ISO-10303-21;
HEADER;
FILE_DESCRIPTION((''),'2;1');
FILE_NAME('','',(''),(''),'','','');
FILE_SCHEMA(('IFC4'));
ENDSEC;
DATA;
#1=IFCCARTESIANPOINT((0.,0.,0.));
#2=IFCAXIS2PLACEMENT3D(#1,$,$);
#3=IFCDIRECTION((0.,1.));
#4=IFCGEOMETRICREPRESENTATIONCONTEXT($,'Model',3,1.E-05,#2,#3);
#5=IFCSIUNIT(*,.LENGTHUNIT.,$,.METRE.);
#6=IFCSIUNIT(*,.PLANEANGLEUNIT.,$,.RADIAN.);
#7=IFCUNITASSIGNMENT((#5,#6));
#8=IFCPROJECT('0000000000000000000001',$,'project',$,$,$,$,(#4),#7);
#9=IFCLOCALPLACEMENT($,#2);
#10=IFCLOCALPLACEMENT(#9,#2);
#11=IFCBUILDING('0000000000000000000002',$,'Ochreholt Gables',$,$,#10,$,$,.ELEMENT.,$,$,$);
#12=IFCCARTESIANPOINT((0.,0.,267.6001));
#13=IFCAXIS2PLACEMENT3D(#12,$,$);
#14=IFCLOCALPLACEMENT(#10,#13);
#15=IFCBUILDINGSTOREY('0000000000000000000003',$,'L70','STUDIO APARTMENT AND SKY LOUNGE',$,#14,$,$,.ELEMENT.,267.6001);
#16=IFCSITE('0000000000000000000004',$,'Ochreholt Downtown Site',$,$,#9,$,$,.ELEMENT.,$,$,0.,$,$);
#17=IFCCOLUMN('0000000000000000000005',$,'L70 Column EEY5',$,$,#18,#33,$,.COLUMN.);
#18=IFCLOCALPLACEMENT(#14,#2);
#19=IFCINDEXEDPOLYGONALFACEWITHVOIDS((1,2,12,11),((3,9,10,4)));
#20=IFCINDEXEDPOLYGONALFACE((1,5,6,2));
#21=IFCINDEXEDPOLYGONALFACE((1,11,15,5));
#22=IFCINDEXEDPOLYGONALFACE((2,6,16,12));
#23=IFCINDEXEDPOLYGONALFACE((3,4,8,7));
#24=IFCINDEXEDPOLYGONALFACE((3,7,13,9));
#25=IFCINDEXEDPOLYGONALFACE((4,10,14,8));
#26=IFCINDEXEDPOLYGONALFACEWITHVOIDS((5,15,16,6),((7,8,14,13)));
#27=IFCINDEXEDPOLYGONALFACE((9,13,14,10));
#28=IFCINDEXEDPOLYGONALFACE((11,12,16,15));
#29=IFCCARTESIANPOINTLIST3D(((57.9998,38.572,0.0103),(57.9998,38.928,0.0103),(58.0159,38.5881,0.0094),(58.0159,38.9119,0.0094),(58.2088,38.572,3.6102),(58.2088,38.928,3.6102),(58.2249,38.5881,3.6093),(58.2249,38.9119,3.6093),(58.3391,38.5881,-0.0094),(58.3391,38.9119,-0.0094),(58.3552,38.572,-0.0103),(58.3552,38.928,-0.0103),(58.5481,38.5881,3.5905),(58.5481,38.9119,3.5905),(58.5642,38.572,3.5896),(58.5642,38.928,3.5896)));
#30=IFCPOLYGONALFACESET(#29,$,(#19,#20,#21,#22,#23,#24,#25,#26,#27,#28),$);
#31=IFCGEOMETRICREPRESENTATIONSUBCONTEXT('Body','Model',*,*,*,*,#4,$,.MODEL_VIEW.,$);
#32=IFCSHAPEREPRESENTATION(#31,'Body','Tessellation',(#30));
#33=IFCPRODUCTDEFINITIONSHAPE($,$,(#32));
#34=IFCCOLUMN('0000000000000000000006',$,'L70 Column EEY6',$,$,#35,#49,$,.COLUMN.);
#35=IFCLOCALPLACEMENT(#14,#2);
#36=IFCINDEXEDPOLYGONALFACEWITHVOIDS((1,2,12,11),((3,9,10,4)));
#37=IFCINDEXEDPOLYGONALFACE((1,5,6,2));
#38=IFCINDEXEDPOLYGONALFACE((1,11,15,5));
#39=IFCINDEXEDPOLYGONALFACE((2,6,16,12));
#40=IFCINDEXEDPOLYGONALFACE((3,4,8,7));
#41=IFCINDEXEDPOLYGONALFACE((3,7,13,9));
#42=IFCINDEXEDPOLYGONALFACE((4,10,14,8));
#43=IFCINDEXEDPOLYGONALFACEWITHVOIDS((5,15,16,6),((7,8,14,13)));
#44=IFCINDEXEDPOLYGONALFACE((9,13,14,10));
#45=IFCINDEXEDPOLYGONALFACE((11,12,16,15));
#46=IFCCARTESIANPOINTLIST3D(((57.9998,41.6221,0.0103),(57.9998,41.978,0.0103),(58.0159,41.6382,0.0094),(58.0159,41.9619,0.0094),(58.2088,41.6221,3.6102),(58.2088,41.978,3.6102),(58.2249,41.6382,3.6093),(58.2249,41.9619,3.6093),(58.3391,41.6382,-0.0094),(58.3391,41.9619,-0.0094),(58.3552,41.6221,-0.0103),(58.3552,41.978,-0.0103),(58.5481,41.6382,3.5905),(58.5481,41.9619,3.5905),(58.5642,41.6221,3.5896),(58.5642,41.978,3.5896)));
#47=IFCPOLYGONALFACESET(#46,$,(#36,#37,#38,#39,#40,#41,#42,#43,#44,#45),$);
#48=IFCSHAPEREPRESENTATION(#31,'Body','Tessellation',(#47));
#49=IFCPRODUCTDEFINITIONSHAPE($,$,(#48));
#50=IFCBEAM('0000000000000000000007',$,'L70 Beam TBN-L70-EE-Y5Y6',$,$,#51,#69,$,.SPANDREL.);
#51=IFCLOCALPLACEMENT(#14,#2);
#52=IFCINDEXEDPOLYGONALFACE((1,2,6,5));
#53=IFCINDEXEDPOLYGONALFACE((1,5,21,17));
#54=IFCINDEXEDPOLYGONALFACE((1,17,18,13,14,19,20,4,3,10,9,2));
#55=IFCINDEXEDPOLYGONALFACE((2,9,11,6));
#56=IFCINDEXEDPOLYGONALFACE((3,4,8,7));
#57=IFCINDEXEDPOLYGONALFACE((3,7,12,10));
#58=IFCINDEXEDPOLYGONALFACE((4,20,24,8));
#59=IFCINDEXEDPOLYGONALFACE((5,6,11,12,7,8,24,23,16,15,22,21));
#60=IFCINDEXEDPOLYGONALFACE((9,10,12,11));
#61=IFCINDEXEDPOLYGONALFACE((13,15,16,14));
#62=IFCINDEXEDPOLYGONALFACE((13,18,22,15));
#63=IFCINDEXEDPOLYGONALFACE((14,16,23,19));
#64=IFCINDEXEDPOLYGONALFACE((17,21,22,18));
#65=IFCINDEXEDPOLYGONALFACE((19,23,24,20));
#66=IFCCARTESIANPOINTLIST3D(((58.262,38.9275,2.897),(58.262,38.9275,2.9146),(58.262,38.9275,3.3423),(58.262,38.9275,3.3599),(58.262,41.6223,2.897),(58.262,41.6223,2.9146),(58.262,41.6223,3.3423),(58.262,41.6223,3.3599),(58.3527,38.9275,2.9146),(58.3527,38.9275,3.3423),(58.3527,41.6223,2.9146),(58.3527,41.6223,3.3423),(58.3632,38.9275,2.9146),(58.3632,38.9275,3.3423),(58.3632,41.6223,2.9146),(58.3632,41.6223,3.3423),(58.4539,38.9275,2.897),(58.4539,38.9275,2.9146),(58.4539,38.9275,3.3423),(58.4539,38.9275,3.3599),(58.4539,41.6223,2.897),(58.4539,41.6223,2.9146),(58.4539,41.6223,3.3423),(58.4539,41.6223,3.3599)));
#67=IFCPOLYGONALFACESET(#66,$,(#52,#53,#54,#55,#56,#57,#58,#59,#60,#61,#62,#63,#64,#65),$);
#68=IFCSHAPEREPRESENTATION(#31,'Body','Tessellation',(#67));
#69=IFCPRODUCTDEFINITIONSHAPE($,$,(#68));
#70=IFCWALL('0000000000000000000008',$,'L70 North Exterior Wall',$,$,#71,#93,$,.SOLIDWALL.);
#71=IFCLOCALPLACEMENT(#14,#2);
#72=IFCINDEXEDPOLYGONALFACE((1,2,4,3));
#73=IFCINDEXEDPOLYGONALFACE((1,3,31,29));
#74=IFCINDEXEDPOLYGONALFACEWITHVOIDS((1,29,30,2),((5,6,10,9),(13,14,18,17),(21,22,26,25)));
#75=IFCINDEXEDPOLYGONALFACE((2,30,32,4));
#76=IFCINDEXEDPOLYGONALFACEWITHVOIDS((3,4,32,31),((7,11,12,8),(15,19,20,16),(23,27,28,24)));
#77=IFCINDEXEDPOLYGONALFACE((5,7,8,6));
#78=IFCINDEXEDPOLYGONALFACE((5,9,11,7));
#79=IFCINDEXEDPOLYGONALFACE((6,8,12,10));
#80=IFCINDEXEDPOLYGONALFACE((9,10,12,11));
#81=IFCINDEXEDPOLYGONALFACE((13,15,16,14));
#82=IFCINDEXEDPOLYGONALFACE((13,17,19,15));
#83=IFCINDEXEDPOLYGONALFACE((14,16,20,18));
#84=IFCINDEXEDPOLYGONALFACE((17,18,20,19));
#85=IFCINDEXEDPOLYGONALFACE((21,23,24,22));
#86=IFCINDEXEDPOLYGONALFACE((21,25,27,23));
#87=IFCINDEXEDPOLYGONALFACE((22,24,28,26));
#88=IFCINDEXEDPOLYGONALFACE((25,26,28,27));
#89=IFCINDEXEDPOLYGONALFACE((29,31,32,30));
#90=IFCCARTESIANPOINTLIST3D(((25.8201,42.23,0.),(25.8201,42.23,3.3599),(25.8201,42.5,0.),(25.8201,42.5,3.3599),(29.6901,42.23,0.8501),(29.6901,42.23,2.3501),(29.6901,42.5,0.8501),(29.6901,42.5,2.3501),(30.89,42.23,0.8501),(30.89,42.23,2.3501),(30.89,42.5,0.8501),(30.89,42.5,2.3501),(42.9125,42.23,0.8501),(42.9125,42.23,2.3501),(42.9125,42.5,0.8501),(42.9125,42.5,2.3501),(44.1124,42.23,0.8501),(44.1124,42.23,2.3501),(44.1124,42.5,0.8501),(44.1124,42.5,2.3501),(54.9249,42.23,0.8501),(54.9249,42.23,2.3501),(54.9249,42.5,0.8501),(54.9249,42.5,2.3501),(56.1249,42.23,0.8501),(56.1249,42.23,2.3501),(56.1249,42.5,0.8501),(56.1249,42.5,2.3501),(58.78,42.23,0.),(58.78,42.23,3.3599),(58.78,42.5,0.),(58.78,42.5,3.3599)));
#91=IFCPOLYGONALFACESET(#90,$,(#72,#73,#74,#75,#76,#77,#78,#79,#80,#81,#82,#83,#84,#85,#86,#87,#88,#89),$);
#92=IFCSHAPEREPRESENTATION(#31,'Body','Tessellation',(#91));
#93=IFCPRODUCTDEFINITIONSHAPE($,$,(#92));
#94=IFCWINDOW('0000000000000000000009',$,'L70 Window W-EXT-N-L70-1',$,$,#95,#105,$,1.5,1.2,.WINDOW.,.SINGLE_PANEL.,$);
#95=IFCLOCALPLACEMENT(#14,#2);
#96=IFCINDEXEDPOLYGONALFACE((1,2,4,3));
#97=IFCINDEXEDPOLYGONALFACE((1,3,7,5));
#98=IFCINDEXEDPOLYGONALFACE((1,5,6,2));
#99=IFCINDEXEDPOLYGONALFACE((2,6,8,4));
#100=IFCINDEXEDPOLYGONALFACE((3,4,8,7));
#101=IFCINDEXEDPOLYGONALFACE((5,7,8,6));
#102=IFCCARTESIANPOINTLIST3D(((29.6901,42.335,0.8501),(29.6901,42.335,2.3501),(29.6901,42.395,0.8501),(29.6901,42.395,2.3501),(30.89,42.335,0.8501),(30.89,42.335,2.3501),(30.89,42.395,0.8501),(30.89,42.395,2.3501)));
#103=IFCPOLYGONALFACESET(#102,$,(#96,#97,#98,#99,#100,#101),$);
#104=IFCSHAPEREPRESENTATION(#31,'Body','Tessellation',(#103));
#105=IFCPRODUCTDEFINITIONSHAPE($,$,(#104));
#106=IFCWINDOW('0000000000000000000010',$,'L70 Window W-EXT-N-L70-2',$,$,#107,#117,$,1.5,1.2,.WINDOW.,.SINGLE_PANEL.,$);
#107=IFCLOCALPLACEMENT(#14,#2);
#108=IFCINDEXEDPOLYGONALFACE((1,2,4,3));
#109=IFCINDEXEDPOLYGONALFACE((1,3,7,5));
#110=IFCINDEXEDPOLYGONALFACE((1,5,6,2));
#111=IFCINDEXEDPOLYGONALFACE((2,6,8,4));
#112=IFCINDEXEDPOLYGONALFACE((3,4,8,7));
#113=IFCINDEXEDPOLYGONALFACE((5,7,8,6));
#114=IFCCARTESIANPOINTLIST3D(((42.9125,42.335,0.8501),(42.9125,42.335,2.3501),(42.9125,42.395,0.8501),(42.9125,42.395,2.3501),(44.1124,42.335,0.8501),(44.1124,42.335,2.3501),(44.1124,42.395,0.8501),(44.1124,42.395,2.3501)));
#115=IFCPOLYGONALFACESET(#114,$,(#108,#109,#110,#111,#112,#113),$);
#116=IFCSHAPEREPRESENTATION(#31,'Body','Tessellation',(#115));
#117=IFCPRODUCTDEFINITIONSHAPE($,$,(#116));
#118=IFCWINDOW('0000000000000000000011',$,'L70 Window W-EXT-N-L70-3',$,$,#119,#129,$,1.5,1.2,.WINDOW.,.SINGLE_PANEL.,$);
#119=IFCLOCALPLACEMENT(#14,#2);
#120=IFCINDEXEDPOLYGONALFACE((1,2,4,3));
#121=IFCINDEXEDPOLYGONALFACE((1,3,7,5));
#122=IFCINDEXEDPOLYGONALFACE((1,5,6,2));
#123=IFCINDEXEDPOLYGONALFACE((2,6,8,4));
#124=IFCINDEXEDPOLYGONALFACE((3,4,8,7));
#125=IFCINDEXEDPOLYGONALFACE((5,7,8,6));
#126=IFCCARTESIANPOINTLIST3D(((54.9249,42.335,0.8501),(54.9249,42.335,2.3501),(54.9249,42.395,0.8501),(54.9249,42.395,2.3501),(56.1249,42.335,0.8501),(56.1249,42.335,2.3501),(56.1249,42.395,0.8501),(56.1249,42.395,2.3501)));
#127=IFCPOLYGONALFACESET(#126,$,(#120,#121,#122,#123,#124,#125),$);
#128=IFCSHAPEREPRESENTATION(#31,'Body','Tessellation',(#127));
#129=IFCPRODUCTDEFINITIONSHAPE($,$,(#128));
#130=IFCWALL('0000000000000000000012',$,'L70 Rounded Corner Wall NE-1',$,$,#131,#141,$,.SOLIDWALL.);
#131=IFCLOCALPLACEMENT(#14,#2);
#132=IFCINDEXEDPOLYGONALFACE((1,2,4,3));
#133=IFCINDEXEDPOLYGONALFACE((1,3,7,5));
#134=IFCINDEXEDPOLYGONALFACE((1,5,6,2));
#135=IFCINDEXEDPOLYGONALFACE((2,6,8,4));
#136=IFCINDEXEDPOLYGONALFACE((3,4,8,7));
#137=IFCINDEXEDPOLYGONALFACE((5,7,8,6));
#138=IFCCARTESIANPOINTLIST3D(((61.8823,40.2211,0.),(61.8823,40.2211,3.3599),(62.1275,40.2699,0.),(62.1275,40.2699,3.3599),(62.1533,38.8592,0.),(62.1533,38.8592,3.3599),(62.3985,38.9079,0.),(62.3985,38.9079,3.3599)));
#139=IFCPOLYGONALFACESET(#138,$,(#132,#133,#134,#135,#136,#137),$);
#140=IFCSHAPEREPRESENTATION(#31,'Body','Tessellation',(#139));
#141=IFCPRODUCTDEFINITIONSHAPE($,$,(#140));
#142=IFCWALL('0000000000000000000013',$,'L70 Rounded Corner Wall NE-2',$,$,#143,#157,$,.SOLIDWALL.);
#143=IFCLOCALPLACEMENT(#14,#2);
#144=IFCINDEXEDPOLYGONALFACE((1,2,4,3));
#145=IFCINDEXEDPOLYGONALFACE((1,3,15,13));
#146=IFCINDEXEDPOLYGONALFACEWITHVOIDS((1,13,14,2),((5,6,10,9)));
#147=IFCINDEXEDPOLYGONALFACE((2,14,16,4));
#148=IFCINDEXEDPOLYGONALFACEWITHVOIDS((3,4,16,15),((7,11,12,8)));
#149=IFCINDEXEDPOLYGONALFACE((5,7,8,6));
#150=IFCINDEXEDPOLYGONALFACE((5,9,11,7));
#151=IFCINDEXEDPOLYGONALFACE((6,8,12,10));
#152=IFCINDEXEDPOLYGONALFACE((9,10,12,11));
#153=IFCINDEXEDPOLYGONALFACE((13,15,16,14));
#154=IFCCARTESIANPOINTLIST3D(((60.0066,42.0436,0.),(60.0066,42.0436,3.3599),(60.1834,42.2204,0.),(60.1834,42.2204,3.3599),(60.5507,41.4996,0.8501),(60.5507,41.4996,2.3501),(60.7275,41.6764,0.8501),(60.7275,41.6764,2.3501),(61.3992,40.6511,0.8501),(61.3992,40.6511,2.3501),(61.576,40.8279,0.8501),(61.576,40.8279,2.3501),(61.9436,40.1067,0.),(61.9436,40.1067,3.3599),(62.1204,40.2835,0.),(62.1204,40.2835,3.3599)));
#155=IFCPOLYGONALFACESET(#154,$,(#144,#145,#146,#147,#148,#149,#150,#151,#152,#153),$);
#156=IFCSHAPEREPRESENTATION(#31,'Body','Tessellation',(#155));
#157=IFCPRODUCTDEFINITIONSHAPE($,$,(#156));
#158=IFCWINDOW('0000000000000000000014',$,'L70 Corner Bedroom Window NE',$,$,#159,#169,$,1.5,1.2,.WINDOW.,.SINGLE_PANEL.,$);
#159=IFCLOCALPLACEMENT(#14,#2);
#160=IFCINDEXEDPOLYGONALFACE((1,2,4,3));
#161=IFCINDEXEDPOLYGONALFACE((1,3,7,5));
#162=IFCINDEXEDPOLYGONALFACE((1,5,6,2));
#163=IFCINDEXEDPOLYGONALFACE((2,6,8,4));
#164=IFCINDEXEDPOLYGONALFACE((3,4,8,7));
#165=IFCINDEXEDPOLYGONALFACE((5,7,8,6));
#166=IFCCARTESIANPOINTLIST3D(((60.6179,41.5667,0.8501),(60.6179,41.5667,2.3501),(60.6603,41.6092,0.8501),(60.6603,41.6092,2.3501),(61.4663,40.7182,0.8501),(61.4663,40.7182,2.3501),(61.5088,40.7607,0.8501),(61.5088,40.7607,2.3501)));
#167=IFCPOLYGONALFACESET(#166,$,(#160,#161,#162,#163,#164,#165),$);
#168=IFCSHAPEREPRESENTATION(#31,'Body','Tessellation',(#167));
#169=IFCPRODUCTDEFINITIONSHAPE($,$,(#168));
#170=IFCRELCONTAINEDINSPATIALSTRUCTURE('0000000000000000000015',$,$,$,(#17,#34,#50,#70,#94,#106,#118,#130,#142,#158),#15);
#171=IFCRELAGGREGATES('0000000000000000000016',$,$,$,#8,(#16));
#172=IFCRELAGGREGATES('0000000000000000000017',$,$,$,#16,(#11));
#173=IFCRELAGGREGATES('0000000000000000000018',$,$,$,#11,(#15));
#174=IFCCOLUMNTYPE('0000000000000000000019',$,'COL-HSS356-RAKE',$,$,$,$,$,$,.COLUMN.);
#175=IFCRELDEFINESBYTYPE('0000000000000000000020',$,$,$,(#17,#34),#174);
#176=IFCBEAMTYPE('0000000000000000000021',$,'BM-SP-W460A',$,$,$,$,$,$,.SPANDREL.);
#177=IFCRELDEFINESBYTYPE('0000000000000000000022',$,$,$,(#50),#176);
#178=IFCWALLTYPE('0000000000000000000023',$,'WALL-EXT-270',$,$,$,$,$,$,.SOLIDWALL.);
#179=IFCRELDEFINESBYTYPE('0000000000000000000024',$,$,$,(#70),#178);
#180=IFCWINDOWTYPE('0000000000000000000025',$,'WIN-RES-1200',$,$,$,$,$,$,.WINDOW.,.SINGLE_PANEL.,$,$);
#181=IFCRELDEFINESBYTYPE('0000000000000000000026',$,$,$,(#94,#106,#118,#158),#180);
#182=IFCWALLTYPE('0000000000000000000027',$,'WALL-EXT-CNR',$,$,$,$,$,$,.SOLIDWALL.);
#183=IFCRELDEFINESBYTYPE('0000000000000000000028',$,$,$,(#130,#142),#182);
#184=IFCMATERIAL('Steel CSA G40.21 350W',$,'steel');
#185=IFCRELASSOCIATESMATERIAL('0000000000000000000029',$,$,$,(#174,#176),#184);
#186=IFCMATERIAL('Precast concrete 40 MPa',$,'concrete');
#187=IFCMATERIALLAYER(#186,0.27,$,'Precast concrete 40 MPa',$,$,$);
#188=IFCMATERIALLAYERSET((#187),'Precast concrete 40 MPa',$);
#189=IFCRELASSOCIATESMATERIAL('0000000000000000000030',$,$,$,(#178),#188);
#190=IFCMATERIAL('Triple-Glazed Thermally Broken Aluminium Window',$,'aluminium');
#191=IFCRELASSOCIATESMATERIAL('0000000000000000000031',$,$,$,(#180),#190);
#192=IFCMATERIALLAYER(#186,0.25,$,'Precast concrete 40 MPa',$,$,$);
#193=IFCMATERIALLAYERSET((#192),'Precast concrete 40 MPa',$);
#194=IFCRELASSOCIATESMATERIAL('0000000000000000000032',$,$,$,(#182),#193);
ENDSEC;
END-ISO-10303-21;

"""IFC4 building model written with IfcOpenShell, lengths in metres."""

from ifc_helpers import new_model, si_unit, direction, frame, frame_2d, origin, origin_2d, place, context, subcontext, project, spatial, rectangle, hollow_rectangle, i_section, extrude, material, layer, layer_set, material_profile, profile_set, type_object, element, fill, save


model = new_model("IFC4")

# Units and contexts
model_context = context("Model", 3, precision=1e-05, world=origin(), true_north=direction((0.0, 1.0)))
body_context = subcontext(model_context, "Body", "Model", "MODEL_VIEW")
ifc_project = project(units=[si_unit("LENGTHUNIT", "METRE"), si_unit("PLANEANGLEUNIT", "RADIAN")], contexts=[model_context])

# Site, building, storey
site_placement = place(None, origin())
site = spatial("IfcSite", under=ifc_project, at=site_placement, Name="Ochreholt Downtown Site", CompositionType="ELEMENT", RefElevation=0.0)
building_placement = place(site_placement, origin())
building = spatial("IfcBuilding", under=site, at=building_placement, Name="Ochreholt Gables", CompositionType="ELEMENT")
storey_placement = place(building_placement, frame((0.0, 0.0, 267.6001)))
storey = spatial("IfcBuildingStorey", under=building, at=storey_placement, Name="L70", Description="STUDIO APARTMENT AND SKY LOUNGE", CompositionType="ELEMENT", Elevation=267.6001)

# Columns
ifc_material_1 = material(Name="Steel CSA G40.21 350W", Category="steel")
ifc_material_profile_1 = material_profile(ifc_material_1, hollow_rectangle(XDim=0.356, YDim=0.356, WallThickness=0.0161, at=origin_2d()), Name="HSS356X356X16")
ifc_profile_set_1 = profile_set([ifc_material_profile_1], Name="Steel CSA G40.21 350W")
column_type = type_object("IfcColumnType", Name="COL-HSS356-RAKE", PredefinedType="COLUMN", material=ifc_profile_set_1)
for number, where, z_axis, x_axis, name in (
    (1, (58.1775, 38.75, 0.0), (0.057956, 0.0, 0.998319), (0.0, 1.0, 0.0), "L70 Column EEY5"),
    (2, (58.1775, 41.8, 0.0), (0.057956, 0.0, 0.998319), (0.0, 1.0, 0.0), "L70 Column EEY6"),
):
    element("IfcColumn", number, at=place(storey_placement, frame(where, z_axis=z_axis, x_axis=x_axis)), inside=storey, type_object=column_type, Name=name, PredefinedType="COLUMN", context=body_context, shape_type="SweptSolid", body=[
        extrude(hollow_rectangle(XDim=0.356, YDim=0.356, WallThickness=0.0161, at=origin_2d()), origin(), (0.0, 0.0, 1.0), 3.606),
    ])

# Beam
ifc_material_profile_2 = material_profile(ifc_material_1, i_section(OverallWidth=0.1919, OverallDepth=0.4629, WebThickness=0.0105, FlangeThickness=0.0176, at=origin_2d()), Name="W460X89")
ifc_profile_set_2 = profile_set([ifc_material_profile_2], Name="Steel CSA G40.21 350W")
beam_type = type_object("IfcBeamType", Name="BM-SP-W460A", PredefinedType="SPANDREL", material=ifc_profile_set_2)
beam_placement = place(storey_placement, frame((58.3579, 38.9275, 3.1284), z_axis=(0.0, 1.0, 0.0), x_axis=(-1.0, 0.0, 0.0)))
element("IfcBeam", 3, at=beam_placement, inside=storey, type_object=beam_type, Name="L70 Beam TBN-L70-EE-Y5Y6", PredefinedType="SPANDREL", context=body_context, shape_type="SweptSolid", body=[
    extrude(i_section(OverallWidth=0.1919, OverallDepth=0.4629, WebThickness=0.0105, FlangeThickness=0.0176, at=origin_2d()), origin(), (0.0, 0.0, 1.0), 2.6948),
])

# Wall, openings, windows
ifc_material_2 = material(Name="Precast concrete 40 MPa", Category="concrete")
ifc_layer_1 = layer(ifc_material_2, 0.27, Name="Precast concrete 40 MPa")
ifc_layer_set_1 = layer_set([ifc_layer_1], Name="Precast concrete 40 MPa")
wall_type_1 = type_object("IfcWallType", Name="WALL-EXT-270", PredefinedType="SOLIDWALL", material=ifc_layer_set_1)
wall_1_placement = place(storey_placement, frame((58.78, 42.365, 0.0), z_axis=(0.0, 0.0, 1.0), x_axis=(-1.0, 0.0, 0.0)))
wall_1 = element("IfcWall", 4, at=wall_1_placement, inside=storey, type_object=wall_type_1, Name="L70 North Exterior Wall", PredefinedType="SOLIDWALL", context=body_context, shape_type="SweptSolid", body=[
    extrude(rectangle(XDim=32.96, YDim=0.27, at=frame_2d((16.48, 0.0))), origin(), (0.0, 0.0, 1.0), 3.3599),
])
opening_1_placement = place(wall_1_placement, frame((27.8899, 0.0, 0.8501)))
opening_1 = element("IfcOpeningElement", 5, at=opening_1_placement, cuts=wall_1, PredefinedType="OPENING", context=body_context, shape_type="SweptSolid", body=[
    extrude(rectangle(XDim=1.2, YDim=1.5, at=frame_2d((0.6001, 0.75))), frame((0.0, 0.145, 0.0), z_axis=(0.0, -1.0, 0.0), x_axis=(1.0, 0.0, 0.0)), (0.0, 0.0, 1.0), 0.29),
])
opening_2_placement = place(wall_1_placement, frame((14.6675, 0.0, 0.8501)))
opening_2 = element("IfcOpeningElement", 6, at=opening_2_placement, cuts=wall_1, PredefinedType="OPENING", context=body_context, shape_type="SweptSolid", body=[
    extrude(rectangle(XDim=1.2, YDim=1.5, at=frame_2d((0.6001, 0.75))), frame((0.0, 0.145, 0.0), z_axis=(0.0, -1.0, 0.0), x_axis=(1.0, 0.0, 0.0)), (0.0, 0.0, 1.0), 0.29),
])
opening_3_placement = place(wall_1_placement, frame((2.655, 0.0, 0.8501)))
opening_3 = element("IfcOpeningElement", 7, at=opening_3_placement, cuts=wall_1, PredefinedType="OPENING", context=body_context, shape_type="SweptSolid", body=[
    extrude(rectangle(XDim=1.2, YDim=1.5, at=frame_2d((0.6001, 0.75))), frame((0.0, 0.145, 0.0), z_axis=(0.0, -1.0, 0.0), x_axis=(1.0, 0.0, 0.0)), (0.0, 0.0, 1.0), 0.29),
])
ifc_material_3 = material(Name="Triple-Glazed Thermally Broken Aluminium Window", Category="aluminium")
window_type = type_object("IfcWindowType", Name="WIN-RES-1200", PartitioningType="SINGLE_PANEL", PredefinedType="WINDOW", material=ifc_material_3)
window_1_placement = place(opening_1_placement, origin())
window_1 = element("IfcWindow", 8, at=window_1_placement, inside=storey, type_object=window_type, Name="L70 Window W-EXT-N-L70-1", OverallHeight=1.5, OverallWidth=1.2, PartitioningType="SINGLE_PANEL", PredefinedType="WINDOW", context=body_context, shape_type="SweptSolid", body=[
    extrude(rectangle(XDim=1.2, YDim=1.5, at=frame_2d((0.6001, 0.75))), frame((0.0, 0.03, 0.0), z_axis=(0.0, -1.0, 0.0), x_axis=(1.0, 0.0, 0.0)), (0.0, 0.0, 1.0), 0.0601),
])
fill(opening_1, window_1)
window_2_placement = place(opening_2_placement, origin())
window_2 = element("IfcWindow", 9, at=window_2_placement, inside=storey, type_object=window_type, Name="L70 Window W-EXT-N-L70-2", OverallHeight=1.5, OverallWidth=1.2, PartitioningType="SINGLE_PANEL", PredefinedType="WINDOW", context=body_context, shape_type="SweptSolid", body=[
    extrude(rectangle(XDim=1.2, YDim=1.5, at=frame_2d((0.6001, 0.75))), frame((0.0, 0.03, 0.0), z_axis=(0.0, -1.0, 0.0), x_axis=(1.0, 0.0, 0.0)), (0.0, 0.0, 1.0), 0.0601),
])
fill(opening_2, window_2)
window_3_placement = place(opening_3_placement, origin())
window_3 = element("IfcWindow", 10, at=window_3_placement, inside=storey, type_object=window_type, Name="L70 Window W-EXT-N-L70-3", OverallHeight=1.5, OverallWidth=1.2, PartitioningType="SINGLE_PANEL", PredefinedType="WINDOW", context=body_context, shape_type="SweptSolid", body=[
    extrude(rectangle(XDim=1.2, YDim=1.5, at=frame_2d((0.6001, 0.75))), frame((0.0, 0.03, 0.0), z_axis=(0.0, -1.0, 0.0), x_axis=(1.0, 0.0, 0.0)), (0.0, 0.0, 1.0), 0.0601),
])
fill(opening_3, window_3)

# Wall
ifc_layer_2 = layer(ifc_material_2, 0.25, Name="Precast concrete 40 MPa")
ifc_layer_set_2 = layer_set([ifc_layer_2], Name="Precast concrete 40 MPa")
wall_type_2 = type_object("IfcWallType", Name="WALL-EXT-CNR", PredefinedType="SOLIDWALL", material=ifc_layer_set_2)
wall_2_placement = place(storey_placement, frame((62.2759, 38.8835, 0.0), z_axis=(0.0, 0.0, 1.0), x_axis=(-0.195136, 0.980776, 0.0)))
element("IfcWall", 11, at=wall_2_placement, inside=storey, type_object=wall_type_2, Name="L70 Rounded Corner Wall NE-1", PredefinedType="SOLIDWALL", context=body_context, shape_type="SweptSolid", body=[
    extrude(rectangle(XDim=1.3887, YDim=0.25, at=frame_2d((0.6943, 0.0))), origin(), (0.0, 0.0, 1.0), 3.3599),
])

# Wall, opening, window
wall_3_placement = place(storey_placement, frame((62.032, 40.1951, 0.0), z_axis=(0.0, 0.0, 1.0), x_axis=(-0.707107, 0.707107, 0.0)))
wall_3 = element("IfcWall", 12, at=wall_3_placement, inside=storey, type_object=wall_type_2, Name="L70 Rounded Corner Wall NE-2", PredefinedType="SOLIDWALL", context=body_context, shape_type="SweptSolid", body=[
    extrude(rectangle(XDim=2.7393, YDim=0.25, at=frame_2d((1.3696, 0.0))), origin(), (0.0, 0.0, 1.0), 3.3599),
])
opening_4_placement = place(wall_3_placement, frame((0.7698, 0.0, 0.8501)))
opening_4 = element("IfcOpeningElement", 13, at=opening_4_placement, cuts=wall_3, PredefinedType="OPENING", context=body_context, shape_type="SweptSolid", body=[
    extrude(rectangle(XDim=1.2, YDim=1.5, at=frame_2d((0.6001, 0.75))), frame((0.0, 0.135, 0.0), z_axis=(0.0, -1.0, 0.0), x_axis=(1.0, 0.0, 0.0)), (0.0, 0.0, 1.0), 0.27),
])
window_4_placement = place(opening_4_placement, origin())
window_4 = element("IfcWindow", 14, at=window_4_placement, inside=storey, type_object=window_type, Name="L70 Corner Bedroom Window NE", OverallHeight=1.5, OverallWidth=1.2, PartitioningType="SINGLE_PANEL", PredefinedType="WINDOW", context=body_context, shape_type="SweptSolid", body=[
    extrude(rectangle(XDim=1.2, YDim=1.5, at=frame_2d((0.6001, 0.75))), frame((0.0, 0.03, 0.0), z_axis=(0.0, -1.0, 0.0), x_axis=(1.0, 0.0, 0.0)), (0.0, 0.0, 1.0), 0.0601),
])
fill(opening_4, window_4)

save(model, "model.ifc")
